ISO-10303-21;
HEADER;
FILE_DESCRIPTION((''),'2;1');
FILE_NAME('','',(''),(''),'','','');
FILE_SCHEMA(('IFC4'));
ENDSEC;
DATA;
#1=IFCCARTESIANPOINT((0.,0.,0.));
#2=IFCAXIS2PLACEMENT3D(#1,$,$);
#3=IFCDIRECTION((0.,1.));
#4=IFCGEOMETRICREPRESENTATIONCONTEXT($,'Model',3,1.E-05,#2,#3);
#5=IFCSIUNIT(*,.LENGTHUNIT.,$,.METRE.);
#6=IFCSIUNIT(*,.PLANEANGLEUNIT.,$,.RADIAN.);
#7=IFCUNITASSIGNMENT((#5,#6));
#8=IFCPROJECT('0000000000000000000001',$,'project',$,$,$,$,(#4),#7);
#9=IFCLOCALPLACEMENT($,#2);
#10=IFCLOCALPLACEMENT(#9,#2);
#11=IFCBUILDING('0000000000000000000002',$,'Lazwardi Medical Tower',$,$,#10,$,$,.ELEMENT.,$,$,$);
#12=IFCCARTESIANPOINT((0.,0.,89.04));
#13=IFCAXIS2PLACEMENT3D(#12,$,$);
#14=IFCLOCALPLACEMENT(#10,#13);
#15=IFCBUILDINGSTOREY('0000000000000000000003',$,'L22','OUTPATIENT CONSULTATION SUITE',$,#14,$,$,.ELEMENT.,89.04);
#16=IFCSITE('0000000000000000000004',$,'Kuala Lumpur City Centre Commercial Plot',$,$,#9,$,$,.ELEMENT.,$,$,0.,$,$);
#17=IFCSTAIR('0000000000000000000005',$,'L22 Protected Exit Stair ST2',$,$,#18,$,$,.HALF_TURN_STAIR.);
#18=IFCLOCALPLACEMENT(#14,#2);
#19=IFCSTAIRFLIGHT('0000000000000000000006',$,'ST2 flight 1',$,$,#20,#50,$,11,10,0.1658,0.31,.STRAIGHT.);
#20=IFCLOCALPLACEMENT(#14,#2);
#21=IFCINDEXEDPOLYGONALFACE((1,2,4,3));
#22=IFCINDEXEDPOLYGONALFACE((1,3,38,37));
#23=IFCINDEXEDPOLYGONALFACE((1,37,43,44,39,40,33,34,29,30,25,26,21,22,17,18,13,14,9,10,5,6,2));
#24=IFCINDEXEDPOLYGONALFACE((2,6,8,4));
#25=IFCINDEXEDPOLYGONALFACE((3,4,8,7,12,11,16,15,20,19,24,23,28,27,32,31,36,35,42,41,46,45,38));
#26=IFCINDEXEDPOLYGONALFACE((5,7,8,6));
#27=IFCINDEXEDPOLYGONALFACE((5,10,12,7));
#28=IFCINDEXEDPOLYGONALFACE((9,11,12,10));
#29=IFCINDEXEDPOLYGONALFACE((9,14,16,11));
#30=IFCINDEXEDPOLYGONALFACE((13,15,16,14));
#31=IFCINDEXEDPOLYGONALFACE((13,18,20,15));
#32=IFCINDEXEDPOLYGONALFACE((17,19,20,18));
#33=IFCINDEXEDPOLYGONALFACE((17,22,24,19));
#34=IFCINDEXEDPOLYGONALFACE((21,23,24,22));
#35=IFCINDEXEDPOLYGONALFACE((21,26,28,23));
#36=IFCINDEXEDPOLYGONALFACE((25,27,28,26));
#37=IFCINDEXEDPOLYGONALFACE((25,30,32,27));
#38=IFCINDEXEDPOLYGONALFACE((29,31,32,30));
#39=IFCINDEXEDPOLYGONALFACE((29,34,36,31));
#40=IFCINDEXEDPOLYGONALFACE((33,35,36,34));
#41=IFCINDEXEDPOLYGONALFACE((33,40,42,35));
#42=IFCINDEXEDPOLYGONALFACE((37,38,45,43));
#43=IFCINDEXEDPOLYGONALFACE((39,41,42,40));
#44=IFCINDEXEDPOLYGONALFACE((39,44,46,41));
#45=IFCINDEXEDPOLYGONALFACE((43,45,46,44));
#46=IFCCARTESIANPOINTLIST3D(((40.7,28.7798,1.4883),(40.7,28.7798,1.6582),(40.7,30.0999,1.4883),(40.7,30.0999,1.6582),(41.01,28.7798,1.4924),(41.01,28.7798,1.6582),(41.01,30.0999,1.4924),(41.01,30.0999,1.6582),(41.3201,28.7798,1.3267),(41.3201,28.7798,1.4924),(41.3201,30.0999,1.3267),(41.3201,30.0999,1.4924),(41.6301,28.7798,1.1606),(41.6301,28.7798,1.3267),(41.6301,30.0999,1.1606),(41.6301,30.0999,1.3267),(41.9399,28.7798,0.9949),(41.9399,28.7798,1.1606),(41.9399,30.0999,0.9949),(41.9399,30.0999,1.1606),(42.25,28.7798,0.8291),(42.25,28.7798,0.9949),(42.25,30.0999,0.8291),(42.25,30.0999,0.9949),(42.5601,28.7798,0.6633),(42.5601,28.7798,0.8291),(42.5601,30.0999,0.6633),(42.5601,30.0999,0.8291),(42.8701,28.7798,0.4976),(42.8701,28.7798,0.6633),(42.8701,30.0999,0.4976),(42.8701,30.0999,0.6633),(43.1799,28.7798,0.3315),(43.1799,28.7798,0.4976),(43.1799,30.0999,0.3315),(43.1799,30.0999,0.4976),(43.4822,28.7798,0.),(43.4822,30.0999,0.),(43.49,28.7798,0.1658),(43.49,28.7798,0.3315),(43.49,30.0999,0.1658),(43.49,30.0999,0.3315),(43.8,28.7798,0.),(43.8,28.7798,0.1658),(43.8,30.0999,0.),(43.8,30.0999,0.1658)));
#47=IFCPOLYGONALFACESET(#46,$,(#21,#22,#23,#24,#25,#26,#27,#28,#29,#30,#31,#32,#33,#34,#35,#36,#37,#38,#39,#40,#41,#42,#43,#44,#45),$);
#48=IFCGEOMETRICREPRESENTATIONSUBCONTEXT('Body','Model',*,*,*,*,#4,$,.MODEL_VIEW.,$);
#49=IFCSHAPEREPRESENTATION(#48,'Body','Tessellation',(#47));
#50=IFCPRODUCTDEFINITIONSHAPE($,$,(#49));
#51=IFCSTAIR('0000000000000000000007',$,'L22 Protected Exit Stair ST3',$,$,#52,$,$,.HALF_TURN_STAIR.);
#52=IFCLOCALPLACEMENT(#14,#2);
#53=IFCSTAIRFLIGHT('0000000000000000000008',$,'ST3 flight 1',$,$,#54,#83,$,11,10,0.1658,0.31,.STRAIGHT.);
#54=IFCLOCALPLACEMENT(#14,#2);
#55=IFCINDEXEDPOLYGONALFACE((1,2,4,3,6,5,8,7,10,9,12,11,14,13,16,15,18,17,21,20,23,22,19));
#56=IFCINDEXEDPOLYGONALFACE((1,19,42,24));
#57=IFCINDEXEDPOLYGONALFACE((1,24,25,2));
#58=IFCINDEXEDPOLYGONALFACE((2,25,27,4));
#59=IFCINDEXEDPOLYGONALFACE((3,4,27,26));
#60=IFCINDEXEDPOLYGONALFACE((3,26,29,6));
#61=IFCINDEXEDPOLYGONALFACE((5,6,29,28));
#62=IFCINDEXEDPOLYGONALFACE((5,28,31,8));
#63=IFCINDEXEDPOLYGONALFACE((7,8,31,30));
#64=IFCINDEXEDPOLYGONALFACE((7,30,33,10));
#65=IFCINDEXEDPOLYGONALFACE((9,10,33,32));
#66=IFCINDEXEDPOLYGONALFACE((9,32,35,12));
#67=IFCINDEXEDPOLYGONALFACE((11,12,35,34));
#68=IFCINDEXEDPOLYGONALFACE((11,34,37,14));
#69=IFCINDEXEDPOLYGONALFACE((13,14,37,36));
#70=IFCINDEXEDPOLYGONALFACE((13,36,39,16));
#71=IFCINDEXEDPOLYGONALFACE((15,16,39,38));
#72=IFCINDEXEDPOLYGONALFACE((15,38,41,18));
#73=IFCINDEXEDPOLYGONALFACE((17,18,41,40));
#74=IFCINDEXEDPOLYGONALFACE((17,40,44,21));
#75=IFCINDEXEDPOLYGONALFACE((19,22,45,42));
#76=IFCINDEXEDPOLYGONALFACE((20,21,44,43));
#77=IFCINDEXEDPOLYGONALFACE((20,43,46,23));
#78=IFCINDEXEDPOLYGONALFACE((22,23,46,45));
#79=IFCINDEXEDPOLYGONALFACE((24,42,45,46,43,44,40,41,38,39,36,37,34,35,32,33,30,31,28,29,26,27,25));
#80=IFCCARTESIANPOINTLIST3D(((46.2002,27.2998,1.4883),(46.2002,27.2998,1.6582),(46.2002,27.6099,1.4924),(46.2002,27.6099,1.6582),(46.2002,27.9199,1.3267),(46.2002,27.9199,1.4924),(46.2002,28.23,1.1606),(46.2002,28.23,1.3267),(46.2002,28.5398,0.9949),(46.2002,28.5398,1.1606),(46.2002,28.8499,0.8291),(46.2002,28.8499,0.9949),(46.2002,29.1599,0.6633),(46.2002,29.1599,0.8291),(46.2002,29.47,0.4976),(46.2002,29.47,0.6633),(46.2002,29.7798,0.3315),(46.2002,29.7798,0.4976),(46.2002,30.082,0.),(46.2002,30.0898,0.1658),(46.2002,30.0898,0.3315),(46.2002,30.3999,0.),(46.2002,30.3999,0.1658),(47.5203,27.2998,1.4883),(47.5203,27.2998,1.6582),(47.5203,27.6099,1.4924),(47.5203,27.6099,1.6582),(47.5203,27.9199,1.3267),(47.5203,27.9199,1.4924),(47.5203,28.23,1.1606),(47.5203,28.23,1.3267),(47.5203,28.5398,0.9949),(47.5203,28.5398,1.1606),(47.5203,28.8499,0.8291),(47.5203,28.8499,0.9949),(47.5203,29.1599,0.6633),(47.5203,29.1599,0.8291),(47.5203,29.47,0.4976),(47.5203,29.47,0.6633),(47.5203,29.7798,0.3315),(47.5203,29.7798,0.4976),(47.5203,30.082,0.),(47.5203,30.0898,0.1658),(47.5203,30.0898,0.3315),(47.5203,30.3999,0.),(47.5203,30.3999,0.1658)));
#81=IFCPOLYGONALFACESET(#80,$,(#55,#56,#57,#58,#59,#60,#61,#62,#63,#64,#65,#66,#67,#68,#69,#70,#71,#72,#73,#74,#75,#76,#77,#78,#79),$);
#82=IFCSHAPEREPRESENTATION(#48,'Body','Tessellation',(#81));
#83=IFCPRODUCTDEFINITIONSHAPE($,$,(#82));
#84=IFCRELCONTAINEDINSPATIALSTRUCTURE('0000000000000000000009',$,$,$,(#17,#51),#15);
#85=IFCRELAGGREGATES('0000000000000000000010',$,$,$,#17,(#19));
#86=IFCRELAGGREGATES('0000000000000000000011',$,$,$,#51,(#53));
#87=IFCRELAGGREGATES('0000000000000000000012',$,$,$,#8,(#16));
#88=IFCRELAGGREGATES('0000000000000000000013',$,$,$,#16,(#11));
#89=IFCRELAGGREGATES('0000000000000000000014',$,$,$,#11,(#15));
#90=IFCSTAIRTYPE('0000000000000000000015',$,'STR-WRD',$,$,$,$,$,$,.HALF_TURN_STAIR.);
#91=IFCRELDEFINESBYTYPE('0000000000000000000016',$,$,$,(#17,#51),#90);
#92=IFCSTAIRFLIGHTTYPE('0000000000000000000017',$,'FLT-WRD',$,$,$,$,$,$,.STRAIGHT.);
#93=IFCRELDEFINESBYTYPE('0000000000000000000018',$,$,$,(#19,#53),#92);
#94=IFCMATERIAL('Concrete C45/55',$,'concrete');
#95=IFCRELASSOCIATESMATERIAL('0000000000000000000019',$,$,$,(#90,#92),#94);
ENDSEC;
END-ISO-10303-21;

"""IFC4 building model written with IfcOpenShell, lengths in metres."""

from ifc_helpers import new_model, si_unit, direction, frame, origin, place, context, subcontext, project, spatial, polyline, outline, extrude, material, type_object, element, aggregate, save


model = new_model("IFC4")

# Units and contexts
model_context = context("Model", 3, precision=1e-05, world=origin(), true_north=direction((0.0, 1.0)))
body_context = subcontext(model_context, "Body", "Model", "MODEL_VIEW")
ifc_project = project(units=[si_unit("LENGTHUNIT", "METRE"), si_unit("PLANEANGLEUNIT", "RADIAN")], contexts=[model_context])

# Site, building, storey
site_placement = place(None, origin())
site = spatial("IfcSite", under=ifc_project, at=site_placement, Name="Kuala Lumpur City Centre Commercial Plot", CompositionType="ELEMENT", RefElevation=0.0)
building_placement = place(site_placement, origin())
building = spatial("IfcBuilding", under=site, at=building_placement, Name="Lazwardi Medical Tower", CompositionType="ELEMENT")
storey_placement = place(building_placement, frame((0.0, 0.0, 89.04)))
storey = spatial("IfcBuildingStorey", under=building, at=storey_placement, Name="L22", Description="OUTPATIENT CONSULTATION SUITE", CompositionType="ELEMENT", Elevation=89.04)

# Stairs, stair flights
ifc_material_1 = material(Name="Concrete C45/55", Category="concrete")
stair_type = type_object("IfcStairType", Name="STR-WRD", PredefinedType="HALF_TURN_STAIR", material=ifc_material_1)
stair_1_placement = place(storey_placement, origin())
stair_1 = element("IfcStair", 1, at=stair_1_placement, inside=storey, type_object=stair_type, Name="L22 Protected Exit Stair ST2", PredefinedType="HALF_TURN_STAIR")
stair_flight_type = type_object("IfcStairFlightType", Name="FLT-WRD", PredefinedType="STRAIGHT", material=ifc_material_1)
stair_flight_1_placement = place(storey_placement, frame((43.8, 29.4399, 0.0), z_axis=(0.0, 0.0, 1.0), x_axis=(-1.0, 0.0, 0.0)))
stair_flight_1 = element("IfcStairFlight", 2, at=stair_flight_1_placement, type_object=stair_flight_type, Name="ST2 flight 1", NumberOfRisers=11, NumberOfTreads=10, PredefinedType="STRAIGHT", RiserHeight=0.1658, TreadLength=0.31, context=body_context, shape_type="SweptSolid", body=[
    extrude(outline(polyline([(0.0, 0.0), (0.0, 0.1658), (0.3101, 0.1658), (0.3101, 0.3315), (0.6201, 0.3315), (0.6201, 0.4976), (0.9299, 0.4976), (0.9299, 0.6633), (1.24, 0.6633), (1.24, 0.8291), (1.55, 0.8291), (1.55, 0.9949), (1.8601, 0.9949), (1.8601, 1.1606), (2.1699, 1.1606), (2.1699, 1.3267), (2.48, 1.3267), (2.48, 1.4924), (2.79, 1.4924), (2.79, 1.6582), (3.1001, 1.6582), (3.1001, 1.824), (3.1001, 1.4883), (0.3179, 0.0), (0.0, 0.0)])), frame((0.0, 0.6602, 0.0), z_axis=(0.0, -1.0, 0.0), x_axis=(1.0, 0.0, 0.0)), (0.0, 0.0, 1.0), 1.3201),
])
aggregate(stair_1, [stair_flight_1])
stair_2_placement = place(storey_placement, origin())
stair_2 = element("IfcStair", 3, at=stair_2_placement, inside=storey, type_object=stair_type, Name="L22 Protected Exit Stair ST3", PredefinedType="HALF_TURN_STAIR")
stair_flight_2_placement = place(storey_placement, frame((46.8601, 30.3999, 0.0), z_axis=(0.0, 0.0, 1.0), x_axis=(0.0, -1.0, 0.0)))
stair_flight_2 = element("IfcStairFlight", 4, at=stair_flight_2_placement, type_object=stair_flight_type, Name="ST3 flight 1", NumberOfRisers=11, NumberOfTreads=10, PredefinedType="STRAIGHT", RiserHeight=0.1658, TreadLength=0.31, context=body_context, shape_type="SweptSolid", body=[
    extrude(outline(polyline([(0.0, 0.0), (0.0, 0.1658), (0.3101, 0.1658), (0.3101, 0.3315), (0.6201, 0.3315), (0.6201, 0.4976), (0.9299, 0.4976), (0.9299, 0.6633), (1.24, 0.6633), (1.24, 0.8291), (1.55, 0.8291), (1.55, 0.9949), (1.8601, 0.9949), (1.8601, 1.1606), (2.1699, 1.1606), (2.1699, 1.3267), (2.48, 1.3267), (2.48, 1.4924), (2.79, 1.4924), (2.79, 1.6582), (3.1001, 1.6582), (3.1001, 1.824), (3.1001, 1.4883), (0.3179, 0.0), (0.0, 0.0)])), frame((0.0, 0.6602, 0.0), z_axis=(0.0, -1.0, 0.0), x_axis=(1.0, 0.0, 0.0)), (0.0, 0.0, 1.0), 1.3201),
])
aggregate(stair_2, [stair_flight_2])

save(model, "model.ifc")
